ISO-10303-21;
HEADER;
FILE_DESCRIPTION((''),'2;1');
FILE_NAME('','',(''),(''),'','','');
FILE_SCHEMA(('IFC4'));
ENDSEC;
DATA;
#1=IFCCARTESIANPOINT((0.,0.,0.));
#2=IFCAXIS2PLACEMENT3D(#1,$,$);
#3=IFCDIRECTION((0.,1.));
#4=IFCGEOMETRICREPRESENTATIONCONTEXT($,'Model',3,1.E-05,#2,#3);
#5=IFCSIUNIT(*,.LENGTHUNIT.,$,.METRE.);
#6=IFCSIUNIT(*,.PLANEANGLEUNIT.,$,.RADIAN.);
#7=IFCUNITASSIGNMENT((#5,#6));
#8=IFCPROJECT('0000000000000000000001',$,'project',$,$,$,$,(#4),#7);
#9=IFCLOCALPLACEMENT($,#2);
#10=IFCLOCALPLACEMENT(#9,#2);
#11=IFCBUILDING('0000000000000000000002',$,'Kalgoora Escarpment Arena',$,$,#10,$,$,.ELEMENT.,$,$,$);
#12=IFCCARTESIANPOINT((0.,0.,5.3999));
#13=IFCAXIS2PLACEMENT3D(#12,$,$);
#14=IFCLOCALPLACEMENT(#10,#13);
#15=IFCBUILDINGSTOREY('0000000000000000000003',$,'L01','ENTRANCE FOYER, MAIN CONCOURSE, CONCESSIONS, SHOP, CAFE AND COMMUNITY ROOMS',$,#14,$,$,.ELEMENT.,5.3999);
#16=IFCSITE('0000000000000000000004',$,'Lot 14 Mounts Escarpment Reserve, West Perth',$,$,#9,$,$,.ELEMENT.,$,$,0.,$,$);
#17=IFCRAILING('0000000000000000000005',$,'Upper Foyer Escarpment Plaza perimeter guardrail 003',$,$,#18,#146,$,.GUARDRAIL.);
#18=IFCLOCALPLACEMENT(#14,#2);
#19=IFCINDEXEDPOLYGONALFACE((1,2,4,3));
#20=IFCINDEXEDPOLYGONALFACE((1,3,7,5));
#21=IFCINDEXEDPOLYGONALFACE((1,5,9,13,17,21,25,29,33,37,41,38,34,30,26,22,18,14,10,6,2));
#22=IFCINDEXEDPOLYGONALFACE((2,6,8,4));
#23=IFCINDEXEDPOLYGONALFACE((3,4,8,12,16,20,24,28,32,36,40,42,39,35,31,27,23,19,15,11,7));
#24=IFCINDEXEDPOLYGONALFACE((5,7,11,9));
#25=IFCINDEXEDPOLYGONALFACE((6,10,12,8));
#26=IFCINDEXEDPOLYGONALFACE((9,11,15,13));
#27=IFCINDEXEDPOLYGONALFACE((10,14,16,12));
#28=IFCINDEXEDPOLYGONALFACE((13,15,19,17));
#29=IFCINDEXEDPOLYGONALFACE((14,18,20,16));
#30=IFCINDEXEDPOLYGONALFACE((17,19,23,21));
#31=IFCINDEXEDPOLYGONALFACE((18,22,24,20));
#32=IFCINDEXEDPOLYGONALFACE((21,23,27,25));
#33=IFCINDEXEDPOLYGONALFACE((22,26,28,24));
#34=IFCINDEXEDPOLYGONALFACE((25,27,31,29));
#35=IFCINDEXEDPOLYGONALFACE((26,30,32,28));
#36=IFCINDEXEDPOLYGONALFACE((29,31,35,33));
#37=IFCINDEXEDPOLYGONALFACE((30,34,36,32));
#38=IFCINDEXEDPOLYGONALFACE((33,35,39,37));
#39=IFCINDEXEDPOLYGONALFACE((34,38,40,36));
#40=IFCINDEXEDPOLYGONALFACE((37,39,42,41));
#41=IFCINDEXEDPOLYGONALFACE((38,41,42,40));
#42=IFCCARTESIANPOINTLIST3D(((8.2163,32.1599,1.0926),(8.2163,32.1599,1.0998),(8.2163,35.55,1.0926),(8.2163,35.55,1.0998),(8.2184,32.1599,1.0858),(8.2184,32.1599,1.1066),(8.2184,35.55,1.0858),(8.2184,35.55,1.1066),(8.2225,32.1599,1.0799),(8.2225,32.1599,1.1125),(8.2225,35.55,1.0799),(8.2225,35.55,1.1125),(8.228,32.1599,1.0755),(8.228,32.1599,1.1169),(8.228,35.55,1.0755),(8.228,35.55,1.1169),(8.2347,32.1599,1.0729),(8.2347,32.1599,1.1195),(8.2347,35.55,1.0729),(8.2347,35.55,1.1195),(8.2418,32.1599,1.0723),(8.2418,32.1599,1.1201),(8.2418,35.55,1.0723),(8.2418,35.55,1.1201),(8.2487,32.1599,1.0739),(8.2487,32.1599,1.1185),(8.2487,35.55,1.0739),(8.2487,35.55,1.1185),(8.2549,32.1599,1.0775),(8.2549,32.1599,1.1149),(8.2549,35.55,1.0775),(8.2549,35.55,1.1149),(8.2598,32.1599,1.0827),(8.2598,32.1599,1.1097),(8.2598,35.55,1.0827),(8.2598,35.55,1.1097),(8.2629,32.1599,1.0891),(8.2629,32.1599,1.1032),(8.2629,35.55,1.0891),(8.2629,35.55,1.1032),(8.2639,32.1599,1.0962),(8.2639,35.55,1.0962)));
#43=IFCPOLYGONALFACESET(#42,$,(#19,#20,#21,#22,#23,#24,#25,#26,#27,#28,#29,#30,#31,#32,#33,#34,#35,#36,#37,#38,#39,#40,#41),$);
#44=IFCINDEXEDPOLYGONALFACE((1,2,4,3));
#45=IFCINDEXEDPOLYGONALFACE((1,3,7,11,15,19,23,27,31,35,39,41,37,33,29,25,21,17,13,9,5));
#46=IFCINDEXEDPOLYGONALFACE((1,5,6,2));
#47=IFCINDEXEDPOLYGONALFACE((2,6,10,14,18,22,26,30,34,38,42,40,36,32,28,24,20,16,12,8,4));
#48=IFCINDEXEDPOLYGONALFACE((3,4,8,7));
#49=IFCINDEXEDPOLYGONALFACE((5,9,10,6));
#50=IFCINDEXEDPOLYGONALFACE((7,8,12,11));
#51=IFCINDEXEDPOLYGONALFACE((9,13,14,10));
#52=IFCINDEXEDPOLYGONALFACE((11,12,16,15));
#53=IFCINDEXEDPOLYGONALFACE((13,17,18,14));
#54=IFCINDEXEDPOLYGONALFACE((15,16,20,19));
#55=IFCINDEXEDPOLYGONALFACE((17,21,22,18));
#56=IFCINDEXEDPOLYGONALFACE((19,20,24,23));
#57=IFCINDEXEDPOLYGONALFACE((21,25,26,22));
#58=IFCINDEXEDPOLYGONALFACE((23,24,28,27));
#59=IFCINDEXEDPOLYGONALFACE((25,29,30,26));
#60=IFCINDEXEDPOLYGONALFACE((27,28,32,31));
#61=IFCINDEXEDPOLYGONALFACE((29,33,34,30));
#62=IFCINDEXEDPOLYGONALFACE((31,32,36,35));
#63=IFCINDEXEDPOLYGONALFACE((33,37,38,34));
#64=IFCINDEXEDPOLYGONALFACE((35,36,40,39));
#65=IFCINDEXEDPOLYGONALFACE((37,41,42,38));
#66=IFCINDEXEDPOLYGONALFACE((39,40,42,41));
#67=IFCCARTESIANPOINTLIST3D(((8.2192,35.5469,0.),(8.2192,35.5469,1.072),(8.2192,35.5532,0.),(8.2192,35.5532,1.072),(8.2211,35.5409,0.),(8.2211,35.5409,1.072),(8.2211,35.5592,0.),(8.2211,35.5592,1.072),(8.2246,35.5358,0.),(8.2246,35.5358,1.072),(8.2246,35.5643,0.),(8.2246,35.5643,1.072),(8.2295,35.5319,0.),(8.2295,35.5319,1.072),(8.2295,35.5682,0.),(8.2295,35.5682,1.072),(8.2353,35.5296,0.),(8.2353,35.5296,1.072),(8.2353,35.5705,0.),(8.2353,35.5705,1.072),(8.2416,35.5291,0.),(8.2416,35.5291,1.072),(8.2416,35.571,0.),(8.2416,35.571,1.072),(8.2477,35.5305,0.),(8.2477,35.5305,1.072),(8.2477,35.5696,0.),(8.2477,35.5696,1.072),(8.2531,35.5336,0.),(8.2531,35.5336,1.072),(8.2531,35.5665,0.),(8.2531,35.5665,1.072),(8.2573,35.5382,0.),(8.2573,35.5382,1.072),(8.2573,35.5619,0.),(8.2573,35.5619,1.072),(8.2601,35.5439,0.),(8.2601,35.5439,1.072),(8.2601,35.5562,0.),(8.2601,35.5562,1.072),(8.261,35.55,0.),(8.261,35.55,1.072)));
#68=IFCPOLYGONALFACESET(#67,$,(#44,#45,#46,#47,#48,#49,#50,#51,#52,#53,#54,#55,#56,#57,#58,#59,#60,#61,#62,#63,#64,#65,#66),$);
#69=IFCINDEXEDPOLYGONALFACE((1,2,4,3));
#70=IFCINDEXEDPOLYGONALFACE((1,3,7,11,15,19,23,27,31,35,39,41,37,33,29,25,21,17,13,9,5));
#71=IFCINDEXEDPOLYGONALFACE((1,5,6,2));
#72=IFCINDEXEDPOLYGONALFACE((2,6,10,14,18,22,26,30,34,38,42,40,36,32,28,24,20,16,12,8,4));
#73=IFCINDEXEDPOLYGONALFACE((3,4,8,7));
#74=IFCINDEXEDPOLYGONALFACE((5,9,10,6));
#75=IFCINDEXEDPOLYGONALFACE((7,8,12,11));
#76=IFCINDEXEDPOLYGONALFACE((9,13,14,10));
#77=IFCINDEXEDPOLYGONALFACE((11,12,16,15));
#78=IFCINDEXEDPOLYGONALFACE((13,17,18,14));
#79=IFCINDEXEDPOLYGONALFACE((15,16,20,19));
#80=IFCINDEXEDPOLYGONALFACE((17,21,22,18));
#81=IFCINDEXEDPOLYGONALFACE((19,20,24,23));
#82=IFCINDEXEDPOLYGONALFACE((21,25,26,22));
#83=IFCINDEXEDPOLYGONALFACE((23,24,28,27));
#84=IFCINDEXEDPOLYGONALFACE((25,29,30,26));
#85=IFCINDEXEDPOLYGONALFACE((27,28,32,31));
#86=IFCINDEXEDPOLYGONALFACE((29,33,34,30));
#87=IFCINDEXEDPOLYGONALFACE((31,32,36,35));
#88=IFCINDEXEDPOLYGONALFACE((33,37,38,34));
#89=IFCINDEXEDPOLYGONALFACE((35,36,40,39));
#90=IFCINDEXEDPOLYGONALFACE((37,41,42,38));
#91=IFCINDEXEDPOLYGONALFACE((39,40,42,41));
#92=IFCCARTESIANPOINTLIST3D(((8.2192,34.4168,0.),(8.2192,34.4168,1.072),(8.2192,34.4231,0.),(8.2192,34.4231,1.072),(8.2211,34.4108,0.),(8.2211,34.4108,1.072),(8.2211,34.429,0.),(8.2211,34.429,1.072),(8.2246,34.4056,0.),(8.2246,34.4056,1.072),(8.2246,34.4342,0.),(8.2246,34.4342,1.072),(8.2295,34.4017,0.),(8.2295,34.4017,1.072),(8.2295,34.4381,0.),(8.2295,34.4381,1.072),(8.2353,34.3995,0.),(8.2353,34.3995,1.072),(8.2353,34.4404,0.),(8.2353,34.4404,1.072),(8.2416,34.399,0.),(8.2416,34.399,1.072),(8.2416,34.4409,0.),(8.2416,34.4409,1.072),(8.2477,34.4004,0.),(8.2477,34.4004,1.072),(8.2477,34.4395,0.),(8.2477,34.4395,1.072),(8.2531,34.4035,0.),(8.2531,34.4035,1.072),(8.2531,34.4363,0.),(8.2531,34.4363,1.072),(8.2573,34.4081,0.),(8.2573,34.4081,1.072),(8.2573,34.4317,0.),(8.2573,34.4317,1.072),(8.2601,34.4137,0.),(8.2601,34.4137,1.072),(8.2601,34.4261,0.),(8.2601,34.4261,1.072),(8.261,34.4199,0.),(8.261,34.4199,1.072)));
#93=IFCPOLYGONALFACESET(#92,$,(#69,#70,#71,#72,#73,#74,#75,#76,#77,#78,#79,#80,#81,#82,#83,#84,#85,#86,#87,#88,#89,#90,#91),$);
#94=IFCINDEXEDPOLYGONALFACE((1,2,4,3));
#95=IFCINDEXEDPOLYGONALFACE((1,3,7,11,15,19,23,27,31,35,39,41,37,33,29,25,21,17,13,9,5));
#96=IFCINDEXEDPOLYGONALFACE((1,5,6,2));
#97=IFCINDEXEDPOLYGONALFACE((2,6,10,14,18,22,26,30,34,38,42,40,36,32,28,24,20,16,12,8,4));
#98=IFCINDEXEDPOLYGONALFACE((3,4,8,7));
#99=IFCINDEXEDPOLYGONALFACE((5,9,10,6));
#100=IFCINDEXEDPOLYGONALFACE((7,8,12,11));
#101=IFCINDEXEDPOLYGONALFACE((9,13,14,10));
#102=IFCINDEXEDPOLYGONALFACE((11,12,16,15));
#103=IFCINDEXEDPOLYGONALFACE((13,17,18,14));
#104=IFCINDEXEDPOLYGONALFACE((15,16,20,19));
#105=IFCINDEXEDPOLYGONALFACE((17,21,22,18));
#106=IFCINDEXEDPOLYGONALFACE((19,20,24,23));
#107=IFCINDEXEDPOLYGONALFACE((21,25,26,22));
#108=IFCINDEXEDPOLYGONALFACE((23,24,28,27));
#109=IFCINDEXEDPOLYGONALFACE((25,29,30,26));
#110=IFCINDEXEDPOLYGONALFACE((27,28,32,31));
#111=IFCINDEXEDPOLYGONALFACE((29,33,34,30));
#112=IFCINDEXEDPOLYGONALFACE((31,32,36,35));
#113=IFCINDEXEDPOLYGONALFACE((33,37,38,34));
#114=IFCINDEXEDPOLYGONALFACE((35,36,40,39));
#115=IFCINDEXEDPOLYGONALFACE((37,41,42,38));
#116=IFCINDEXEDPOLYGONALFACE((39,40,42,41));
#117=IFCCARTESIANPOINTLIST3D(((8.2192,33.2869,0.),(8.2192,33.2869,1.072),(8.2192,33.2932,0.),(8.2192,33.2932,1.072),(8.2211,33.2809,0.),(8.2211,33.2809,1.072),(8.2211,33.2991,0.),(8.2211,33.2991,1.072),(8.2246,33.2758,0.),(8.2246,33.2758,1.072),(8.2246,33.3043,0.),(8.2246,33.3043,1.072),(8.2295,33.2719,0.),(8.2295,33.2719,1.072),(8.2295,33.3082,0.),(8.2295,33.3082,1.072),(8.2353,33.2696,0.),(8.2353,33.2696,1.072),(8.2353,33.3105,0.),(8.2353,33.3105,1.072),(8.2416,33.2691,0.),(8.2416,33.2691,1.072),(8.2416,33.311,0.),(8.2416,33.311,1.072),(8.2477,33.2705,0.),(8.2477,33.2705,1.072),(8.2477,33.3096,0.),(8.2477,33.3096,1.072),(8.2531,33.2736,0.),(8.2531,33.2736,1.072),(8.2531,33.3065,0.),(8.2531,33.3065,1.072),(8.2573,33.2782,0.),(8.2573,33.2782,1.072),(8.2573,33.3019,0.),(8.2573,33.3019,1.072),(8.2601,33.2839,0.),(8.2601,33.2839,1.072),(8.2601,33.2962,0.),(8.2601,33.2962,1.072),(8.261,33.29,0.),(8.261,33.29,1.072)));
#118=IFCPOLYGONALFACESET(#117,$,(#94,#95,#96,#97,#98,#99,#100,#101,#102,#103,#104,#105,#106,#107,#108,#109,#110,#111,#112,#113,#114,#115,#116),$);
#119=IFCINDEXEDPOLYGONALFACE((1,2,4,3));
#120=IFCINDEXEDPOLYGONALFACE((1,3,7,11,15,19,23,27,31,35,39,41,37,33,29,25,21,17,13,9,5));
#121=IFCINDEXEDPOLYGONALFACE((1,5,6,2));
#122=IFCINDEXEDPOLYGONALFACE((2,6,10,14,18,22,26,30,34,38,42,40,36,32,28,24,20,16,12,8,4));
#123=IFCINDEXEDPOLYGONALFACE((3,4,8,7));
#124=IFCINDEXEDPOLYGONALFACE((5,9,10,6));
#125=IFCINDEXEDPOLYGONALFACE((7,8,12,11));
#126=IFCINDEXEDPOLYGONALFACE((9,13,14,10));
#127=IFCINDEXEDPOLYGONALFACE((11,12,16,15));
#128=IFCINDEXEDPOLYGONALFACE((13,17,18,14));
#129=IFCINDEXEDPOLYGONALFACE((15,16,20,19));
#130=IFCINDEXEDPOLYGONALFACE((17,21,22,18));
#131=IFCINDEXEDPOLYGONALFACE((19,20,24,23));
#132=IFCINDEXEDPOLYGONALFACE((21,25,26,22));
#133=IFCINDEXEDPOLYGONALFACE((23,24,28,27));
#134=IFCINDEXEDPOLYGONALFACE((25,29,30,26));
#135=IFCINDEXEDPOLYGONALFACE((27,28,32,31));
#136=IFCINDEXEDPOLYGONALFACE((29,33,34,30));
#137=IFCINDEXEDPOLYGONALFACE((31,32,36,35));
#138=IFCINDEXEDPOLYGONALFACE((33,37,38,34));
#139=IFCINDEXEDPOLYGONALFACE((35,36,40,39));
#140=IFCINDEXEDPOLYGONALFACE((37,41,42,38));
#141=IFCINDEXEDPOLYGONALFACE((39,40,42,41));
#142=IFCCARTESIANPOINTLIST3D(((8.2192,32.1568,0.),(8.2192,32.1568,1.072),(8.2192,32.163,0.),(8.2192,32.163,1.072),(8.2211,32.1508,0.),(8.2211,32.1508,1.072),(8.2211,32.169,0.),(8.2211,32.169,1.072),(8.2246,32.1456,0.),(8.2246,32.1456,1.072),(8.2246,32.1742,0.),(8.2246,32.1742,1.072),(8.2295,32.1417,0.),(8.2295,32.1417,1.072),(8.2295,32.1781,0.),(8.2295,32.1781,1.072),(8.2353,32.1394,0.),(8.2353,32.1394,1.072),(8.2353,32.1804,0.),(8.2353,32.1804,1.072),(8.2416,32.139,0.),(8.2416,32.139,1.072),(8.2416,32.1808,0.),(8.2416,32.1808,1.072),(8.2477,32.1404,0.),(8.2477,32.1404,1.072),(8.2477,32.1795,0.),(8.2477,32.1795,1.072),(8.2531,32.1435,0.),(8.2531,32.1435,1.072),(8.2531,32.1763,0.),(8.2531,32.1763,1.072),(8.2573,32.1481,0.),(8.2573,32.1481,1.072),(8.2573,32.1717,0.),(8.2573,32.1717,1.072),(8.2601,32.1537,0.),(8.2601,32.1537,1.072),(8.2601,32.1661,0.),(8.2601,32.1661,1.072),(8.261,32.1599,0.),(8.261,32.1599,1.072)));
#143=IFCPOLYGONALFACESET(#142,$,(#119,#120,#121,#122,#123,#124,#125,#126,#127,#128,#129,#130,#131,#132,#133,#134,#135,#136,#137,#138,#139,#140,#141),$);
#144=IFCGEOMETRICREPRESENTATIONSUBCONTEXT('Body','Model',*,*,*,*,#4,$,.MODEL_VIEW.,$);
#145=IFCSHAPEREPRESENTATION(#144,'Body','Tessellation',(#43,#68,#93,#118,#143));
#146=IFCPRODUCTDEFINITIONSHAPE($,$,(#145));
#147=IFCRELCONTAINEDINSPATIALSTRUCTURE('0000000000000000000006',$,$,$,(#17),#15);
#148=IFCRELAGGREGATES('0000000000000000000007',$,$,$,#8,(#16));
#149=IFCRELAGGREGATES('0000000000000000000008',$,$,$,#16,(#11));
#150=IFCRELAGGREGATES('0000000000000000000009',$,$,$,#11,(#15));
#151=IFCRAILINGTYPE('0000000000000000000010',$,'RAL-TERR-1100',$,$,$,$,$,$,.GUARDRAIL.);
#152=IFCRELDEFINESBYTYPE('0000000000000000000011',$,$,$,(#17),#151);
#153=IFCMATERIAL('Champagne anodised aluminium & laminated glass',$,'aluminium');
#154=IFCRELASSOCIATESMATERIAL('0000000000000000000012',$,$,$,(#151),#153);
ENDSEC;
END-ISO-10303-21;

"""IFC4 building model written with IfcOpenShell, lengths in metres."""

from ifc_helpers import new_model, si_unit, direction, frame, origin, origin_2d, place, context, subcontext, project, spatial, circle, extrude, material, type_object, element, save


model = new_model("IFC4")

# Units and contexts
model_context = context("Model", 3, precision=1e-05, world=origin(), true_north=direction((0.0, 1.0)))
body_context = subcontext(model_context, "Body", "Model", "MODEL_VIEW")
ifc_project = project(units=[si_unit("LENGTHUNIT", "METRE"), si_unit("PLANEANGLEUNIT", "RADIAN")], contexts=[model_context])

# Site, building, storey
site_placement = place(None, origin())
site = spatial("IfcSite", under=ifc_project, at=site_placement, Name="Lot 14 Mounts Escarpment Reserve, West Perth", CompositionType="ELEMENT", RefElevation=0.0)
building_placement = place(site_placement, origin())
building = spatial("IfcBuilding", under=site, at=building_placement, Name="Kalgoora Escarpment Arena", CompositionType="ELEMENT")
storey_placement = place(building_placement, frame((0.0, 0.0, 5.3999)))
storey = spatial("IfcBuildingStorey", under=building, at=storey_placement, Name="L01", Description="ENTRANCE FOYER, MAIN CONCOURSE, CONCESSIONS, SHOP, CAFE AND COMMUNITY ROOMS", CompositionType="ELEMENT", Elevation=5.3999)

# Railing
ifc_material_1 = material(Name="Champagne anodised aluminium & laminated glass", Category="aluminium")
railing_type = type_object("IfcRailingType", Name="RAL-TERR-1100", PredefinedType="GUARDRAIL", material=ifc_material_1)
railing_1_placement = place(storey_placement, frame((8.24, 35.55, 0.0)))
element("IfcRailing", 1, at=railing_1_placement, inside=storey, type_object=railing_type, Name="Upper Foyer Escarpment Plaza perimeter guardrail 003", PredefinedType="GUARDRAIL", context=body_context, shape_type="SweptSolid", body=[
    extrude(circle(Radius=0.0239, at=origin_2d()), frame((0.0, 0.0, 1.0962), z_axis=(0.0, -1.0, 0.0), x_axis=(1.0, 0.0, 0.0)), (0.0, 0.0, 1.0), 3.3901),
    extrude(circle(Radius=0.021, at=origin_2d()), origin(), (0.0, 0.0, 1.0), 1.072),
    extrude(circle(Radius=0.021, at=origin_2d()), frame((0.0, -1.1301, 0.0)), (0.0, 0.0, 1.0), 1.072),
    extrude(circle(Radius=0.021, at=origin_2d()), frame((0.0, -2.26, 0.0)), (0.0, 0.0, 1.0), 1.072),
    extrude(circle(Radius=0.021, at=origin_2d()), frame((0.0, -3.3901, 0.0)), (0.0, 0.0, 1.0), 1.072),
])

save(model, "model.ifc")
